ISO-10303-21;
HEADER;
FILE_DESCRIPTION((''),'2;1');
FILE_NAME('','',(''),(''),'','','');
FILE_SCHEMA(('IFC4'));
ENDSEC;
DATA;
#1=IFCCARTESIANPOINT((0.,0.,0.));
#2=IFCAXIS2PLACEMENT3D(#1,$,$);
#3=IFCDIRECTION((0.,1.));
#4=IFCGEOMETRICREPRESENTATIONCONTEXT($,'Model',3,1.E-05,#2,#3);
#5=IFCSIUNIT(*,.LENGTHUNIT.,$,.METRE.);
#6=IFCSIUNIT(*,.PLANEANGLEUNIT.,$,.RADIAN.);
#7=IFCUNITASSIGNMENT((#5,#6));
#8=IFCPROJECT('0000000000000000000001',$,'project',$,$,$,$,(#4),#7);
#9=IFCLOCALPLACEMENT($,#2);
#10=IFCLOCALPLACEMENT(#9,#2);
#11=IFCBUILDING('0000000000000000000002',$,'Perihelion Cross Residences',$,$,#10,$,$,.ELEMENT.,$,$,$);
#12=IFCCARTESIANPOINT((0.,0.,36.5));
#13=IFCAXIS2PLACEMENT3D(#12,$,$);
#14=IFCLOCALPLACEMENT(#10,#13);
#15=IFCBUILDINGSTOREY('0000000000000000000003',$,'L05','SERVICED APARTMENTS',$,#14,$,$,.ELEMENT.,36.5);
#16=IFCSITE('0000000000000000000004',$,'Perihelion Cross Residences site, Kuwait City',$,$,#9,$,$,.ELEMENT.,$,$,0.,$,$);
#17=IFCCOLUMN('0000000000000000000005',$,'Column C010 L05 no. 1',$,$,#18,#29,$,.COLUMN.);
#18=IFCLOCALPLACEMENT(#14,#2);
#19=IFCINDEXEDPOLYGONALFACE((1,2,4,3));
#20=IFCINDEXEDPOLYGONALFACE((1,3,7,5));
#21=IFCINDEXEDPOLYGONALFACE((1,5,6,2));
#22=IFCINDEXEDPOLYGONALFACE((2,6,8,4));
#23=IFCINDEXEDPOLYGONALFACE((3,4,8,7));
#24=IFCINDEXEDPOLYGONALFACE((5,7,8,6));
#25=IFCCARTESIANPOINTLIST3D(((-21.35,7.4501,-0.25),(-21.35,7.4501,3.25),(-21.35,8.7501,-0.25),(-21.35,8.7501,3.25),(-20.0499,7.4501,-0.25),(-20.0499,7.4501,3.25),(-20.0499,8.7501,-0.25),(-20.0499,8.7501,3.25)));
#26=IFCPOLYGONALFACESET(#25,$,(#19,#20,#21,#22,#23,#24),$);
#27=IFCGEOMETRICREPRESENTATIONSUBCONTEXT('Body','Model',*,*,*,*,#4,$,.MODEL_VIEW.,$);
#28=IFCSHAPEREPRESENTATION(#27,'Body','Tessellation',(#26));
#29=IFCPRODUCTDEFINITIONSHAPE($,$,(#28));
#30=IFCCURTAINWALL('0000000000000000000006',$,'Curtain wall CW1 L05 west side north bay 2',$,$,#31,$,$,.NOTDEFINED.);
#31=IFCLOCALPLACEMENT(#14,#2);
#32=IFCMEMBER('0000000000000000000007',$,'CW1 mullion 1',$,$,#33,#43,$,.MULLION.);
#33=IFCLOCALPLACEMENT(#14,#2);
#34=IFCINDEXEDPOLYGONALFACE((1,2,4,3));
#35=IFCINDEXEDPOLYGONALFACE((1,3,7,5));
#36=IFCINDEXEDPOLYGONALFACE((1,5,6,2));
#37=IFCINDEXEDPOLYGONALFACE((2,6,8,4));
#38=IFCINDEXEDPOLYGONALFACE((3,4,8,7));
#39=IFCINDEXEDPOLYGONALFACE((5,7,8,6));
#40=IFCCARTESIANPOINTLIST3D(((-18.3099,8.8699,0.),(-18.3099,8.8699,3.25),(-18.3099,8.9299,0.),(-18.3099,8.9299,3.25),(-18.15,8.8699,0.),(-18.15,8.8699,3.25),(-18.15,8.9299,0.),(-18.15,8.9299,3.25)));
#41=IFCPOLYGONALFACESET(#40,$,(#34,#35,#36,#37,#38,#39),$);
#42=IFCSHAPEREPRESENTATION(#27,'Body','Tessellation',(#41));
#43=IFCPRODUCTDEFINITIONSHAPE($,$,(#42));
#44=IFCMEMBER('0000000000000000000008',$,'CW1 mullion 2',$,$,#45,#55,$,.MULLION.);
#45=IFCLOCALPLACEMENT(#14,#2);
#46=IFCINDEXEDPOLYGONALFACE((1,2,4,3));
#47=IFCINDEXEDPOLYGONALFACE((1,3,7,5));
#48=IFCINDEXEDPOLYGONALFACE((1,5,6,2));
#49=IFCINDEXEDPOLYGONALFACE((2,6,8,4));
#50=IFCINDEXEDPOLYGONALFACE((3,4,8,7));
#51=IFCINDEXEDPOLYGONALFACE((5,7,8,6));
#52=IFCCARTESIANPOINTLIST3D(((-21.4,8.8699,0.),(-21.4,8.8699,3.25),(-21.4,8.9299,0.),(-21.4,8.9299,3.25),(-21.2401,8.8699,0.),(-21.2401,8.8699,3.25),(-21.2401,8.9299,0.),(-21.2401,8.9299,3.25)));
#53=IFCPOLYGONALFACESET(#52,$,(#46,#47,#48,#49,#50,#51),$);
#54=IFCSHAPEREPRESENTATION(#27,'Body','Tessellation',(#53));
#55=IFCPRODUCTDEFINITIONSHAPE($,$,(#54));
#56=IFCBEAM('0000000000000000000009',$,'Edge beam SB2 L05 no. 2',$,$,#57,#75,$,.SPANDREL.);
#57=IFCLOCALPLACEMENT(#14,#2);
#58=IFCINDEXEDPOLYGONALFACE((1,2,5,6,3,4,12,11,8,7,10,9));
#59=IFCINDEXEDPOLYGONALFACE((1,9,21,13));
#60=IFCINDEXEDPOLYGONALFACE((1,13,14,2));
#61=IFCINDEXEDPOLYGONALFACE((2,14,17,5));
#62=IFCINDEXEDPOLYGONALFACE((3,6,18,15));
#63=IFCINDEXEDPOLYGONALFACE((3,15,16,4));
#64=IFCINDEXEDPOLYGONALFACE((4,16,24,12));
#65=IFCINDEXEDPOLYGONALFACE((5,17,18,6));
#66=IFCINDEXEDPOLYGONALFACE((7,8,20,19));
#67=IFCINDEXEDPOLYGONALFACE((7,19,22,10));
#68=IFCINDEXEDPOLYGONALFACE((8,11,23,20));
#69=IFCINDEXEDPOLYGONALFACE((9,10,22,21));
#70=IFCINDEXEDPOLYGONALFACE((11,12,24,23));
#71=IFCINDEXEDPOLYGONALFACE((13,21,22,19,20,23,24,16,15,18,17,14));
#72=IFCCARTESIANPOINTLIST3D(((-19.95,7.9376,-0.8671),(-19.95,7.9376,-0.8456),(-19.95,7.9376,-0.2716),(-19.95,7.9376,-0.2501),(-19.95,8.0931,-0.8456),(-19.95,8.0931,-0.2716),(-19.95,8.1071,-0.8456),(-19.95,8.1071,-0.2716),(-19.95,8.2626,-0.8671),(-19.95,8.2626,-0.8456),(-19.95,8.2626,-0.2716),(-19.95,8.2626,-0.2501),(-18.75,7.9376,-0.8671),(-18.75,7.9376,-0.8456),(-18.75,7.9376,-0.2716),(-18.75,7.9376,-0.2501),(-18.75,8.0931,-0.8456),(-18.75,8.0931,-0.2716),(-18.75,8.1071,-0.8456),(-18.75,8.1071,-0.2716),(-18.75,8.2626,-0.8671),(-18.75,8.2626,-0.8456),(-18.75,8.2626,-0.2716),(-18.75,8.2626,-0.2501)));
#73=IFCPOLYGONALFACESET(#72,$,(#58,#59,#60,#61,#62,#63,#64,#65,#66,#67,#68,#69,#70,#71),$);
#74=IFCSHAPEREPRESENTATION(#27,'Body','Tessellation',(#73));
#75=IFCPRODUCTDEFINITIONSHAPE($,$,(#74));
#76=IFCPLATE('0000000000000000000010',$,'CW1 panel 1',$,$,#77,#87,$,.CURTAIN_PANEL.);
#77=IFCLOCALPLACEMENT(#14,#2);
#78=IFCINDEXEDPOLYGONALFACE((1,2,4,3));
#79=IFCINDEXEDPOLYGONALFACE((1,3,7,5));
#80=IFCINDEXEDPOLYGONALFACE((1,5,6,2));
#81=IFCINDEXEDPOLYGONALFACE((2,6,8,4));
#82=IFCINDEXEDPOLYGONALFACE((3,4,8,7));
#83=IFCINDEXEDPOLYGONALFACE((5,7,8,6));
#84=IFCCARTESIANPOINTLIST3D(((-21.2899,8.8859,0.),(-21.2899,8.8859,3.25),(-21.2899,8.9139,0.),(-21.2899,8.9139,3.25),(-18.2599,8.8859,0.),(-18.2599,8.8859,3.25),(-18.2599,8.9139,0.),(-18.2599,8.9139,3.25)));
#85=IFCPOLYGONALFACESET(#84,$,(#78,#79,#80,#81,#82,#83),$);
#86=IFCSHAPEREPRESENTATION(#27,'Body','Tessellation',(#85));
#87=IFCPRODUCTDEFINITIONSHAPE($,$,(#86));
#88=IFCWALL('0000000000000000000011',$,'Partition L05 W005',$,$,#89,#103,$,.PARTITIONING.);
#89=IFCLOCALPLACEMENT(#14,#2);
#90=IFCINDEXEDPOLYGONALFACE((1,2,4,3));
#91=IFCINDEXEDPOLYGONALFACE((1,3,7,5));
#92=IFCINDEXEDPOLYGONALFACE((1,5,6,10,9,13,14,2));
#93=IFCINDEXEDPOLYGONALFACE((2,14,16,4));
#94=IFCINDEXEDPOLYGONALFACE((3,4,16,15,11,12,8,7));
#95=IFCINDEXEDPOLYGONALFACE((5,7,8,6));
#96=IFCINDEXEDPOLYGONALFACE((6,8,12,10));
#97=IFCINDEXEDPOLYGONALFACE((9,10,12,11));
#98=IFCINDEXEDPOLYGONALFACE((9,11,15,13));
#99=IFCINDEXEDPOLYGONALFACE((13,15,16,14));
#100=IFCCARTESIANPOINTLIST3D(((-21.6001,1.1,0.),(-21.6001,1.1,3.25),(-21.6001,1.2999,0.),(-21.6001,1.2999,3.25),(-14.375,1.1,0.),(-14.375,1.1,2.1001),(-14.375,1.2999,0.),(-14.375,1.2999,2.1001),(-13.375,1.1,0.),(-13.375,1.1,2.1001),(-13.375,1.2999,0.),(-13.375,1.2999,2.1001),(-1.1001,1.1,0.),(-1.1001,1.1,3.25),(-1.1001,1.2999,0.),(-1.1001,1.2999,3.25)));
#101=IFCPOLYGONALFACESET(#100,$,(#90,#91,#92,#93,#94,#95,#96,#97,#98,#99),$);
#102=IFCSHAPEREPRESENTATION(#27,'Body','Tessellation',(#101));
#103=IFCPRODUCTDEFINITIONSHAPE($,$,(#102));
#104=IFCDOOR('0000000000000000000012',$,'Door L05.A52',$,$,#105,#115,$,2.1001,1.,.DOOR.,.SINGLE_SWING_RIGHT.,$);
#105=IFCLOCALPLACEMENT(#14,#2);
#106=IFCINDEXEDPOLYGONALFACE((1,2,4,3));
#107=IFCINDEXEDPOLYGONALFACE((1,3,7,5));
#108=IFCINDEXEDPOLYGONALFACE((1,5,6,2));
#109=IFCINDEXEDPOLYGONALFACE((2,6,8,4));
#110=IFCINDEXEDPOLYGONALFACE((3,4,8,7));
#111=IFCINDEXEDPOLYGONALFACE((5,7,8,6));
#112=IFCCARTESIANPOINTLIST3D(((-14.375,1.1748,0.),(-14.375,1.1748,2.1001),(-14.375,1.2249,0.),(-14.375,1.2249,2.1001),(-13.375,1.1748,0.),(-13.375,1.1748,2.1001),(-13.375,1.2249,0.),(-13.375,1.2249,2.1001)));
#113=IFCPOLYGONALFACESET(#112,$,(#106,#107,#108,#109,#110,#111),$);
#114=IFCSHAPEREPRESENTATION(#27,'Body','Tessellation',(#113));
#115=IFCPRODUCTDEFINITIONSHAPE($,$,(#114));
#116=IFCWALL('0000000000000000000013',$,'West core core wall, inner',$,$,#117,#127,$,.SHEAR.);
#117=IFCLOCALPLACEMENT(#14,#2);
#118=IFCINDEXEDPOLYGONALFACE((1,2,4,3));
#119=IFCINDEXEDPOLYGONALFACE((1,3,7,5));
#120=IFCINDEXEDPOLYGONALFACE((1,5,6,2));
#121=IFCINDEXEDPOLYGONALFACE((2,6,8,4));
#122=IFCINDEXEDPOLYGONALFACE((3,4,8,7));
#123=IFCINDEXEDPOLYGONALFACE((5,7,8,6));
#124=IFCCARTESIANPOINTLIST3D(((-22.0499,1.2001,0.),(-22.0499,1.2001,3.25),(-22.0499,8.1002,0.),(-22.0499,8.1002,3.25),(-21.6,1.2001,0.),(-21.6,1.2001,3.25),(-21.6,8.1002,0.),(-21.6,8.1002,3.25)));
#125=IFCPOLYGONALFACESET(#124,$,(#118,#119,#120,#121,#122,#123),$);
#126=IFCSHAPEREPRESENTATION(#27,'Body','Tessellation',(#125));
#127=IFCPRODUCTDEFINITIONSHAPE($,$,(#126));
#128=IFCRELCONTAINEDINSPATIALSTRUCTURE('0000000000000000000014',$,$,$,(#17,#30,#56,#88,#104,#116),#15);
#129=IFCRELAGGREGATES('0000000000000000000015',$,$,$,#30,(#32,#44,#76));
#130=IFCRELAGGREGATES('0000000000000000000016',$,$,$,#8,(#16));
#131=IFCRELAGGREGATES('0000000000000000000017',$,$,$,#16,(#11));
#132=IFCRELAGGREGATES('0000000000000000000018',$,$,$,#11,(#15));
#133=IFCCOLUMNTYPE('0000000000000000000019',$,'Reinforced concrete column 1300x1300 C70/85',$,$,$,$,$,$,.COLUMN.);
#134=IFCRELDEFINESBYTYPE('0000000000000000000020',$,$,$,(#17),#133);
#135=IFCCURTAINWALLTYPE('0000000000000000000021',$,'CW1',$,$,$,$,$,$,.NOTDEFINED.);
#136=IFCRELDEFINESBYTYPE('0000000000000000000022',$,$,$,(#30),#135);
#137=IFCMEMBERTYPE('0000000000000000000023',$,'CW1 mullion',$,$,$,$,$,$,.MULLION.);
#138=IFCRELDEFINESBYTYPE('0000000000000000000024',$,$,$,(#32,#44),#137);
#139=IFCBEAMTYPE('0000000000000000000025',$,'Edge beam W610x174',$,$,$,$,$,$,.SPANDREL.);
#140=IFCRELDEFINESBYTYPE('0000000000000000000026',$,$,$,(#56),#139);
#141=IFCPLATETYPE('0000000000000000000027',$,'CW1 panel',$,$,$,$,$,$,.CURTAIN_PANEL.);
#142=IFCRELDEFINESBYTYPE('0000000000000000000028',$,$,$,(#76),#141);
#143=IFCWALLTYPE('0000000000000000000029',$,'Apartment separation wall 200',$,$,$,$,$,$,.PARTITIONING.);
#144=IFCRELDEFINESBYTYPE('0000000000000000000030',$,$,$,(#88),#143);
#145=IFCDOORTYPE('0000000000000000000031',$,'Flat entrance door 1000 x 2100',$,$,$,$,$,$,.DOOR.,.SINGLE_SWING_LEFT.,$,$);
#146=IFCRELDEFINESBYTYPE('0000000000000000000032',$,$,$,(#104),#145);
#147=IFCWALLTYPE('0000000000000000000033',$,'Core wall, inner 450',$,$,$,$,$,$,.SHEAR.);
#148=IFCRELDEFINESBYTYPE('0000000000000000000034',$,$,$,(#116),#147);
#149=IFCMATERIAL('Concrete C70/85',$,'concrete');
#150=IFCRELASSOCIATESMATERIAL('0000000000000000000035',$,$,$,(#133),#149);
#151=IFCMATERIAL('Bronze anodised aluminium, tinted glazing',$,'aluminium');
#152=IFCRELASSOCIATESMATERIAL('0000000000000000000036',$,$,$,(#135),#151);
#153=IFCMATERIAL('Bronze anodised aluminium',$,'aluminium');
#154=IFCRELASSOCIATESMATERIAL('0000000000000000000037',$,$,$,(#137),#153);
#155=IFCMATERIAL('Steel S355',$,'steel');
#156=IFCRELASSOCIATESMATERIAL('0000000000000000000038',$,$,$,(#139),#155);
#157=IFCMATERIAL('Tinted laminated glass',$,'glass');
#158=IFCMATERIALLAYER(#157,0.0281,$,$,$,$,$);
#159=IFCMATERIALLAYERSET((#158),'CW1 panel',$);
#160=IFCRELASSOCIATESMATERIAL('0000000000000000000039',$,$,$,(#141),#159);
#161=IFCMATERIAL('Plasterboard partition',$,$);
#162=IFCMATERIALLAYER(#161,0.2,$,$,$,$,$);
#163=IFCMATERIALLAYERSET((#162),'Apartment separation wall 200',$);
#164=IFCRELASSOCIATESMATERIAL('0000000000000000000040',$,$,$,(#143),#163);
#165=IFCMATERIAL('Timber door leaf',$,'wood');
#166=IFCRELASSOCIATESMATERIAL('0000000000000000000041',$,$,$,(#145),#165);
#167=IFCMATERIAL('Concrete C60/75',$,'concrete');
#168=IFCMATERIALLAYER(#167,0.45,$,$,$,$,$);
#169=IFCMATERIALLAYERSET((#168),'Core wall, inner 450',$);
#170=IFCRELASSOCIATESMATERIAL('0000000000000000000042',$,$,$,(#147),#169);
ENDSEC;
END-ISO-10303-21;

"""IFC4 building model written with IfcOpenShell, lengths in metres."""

from ifc_helpers import new_model, si_unit, direction, frame, frame_2d, origin, origin_2d, place, context, subcontext, project, spatial, rectangle, i_section, extrude, material, layer, layer_set, material_profile, profile_set, type_object, element, fill, aggregate, save


model = new_model("IFC4")

# Units and contexts
model_context = context("Model", 3, precision=1e-05, world=origin(), true_north=direction((0.0, 1.0)))
body_context = subcontext(model_context, "Body", "Model", "MODEL_VIEW")
ifc_project = project(units=[si_unit("LENGTHUNIT", "METRE"), si_unit("PLANEANGLEUNIT", "RADIAN")], contexts=[model_context])

# Site, building, storey
site_placement = place(None, origin())
site = spatial("IfcSite", under=ifc_project, at=site_placement, Name="Perihelion Cross Residences site, Kuwait City", CompositionType="ELEMENT", RefElevation=0.0)
building_placement = place(site_placement, origin())
building = spatial("IfcBuilding", under=site, at=building_placement, Name="Perihelion Cross Residences", CompositionType="ELEMENT")
storey_placement = place(building_placement, frame((0.0, 0.0, 36.5)))
storey = spatial("IfcBuildingStorey", under=building, at=storey_placement, Name="L05", Description="SERVICED APARTMENTS", CompositionType="ELEMENT", Elevation=36.5)

# Column
ifc_material_1 = material(Name="Concrete C70/85", Category="concrete")
ifc_material_profile_1 = material_profile(ifc_material_1, rectangle(XDim=1.3, YDim=1.3, at=origin_2d()), Name="RC 1300x1300")
ifc_profile_set_1 = profile_set([ifc_material_profile_1], Name="Concrete C70/85")
column_type = type_object("IfcColumnType", Name="Reinforced concrete column 1300x1300 C70/85", PredefinedType="COLUMN", material=ifc_profile_set_1)
column_placement = place(storey_placement, frame((-20.7, 8.1001, -0.25), z_axis=(0.0, 0.0, 1.0), x_axis=(1.0, 0.0, 0.0)))
element("IfcColumn", 1, at=column_placement, inside=storey, type_object=column_type, Name="Column C010 L05 no. 1", PredefinedType="COLUMN", context=body_context, shape_type="SweptSolid", body=[
    extrude(rectangle(XDim=1.3, YDim=1.3, at=origin_2d()), origin(), (0.0, 0.0, 1.0), 3.5),
])

# Curtain wall, members
ifc_material_2 = material(Name="Bronze anodised aluminium, tinted glazing", Category="aluminium")
curtain_wall_type = type_object("IfcCurtainWallType", Name="CW1", PredefinedType="NOTDEFINED", material=ifc_material_2)
curtain_wall_placement = place(storey_placement, origin())
curtain_wall = element("IfcCurtainWall", 2, at=curtain_wall_placement, inside=storey, type_object=curtain_wall_type, Name="Curtain wall CW1 L05 west side north bay 2", PredefinedType="NOTDEFINED")
ifc_material_3 = material(Name="Bronze anodised aluminium", Category="aluminium")
ifc_material_profile_2 = material_profile(ifc_material_3, rectangle(XDim=0.0601, YDim=0.1599, at=origin_2d()), Name="CW1 mullion")
ifc_profile_set_2 = profile_set([ifc_material_profile_2], Name="Bronze anodised aluminium")
member_type = type_object("IfcMemberType", Name="CW1 mullion", PredefinedType="MULLION", material=ifc_profile_set_2)
member_1_placement = place(storey_placement, frame((-18.23, 8.8999, 0.0), z_axis=(0.0, 0.0, 1.0), x_axis=(0.0, -1.0, 0.0)))
member_1 = element("IfcMember", 3, at=member_1_placement, type_object=member_type, Name="CW1 mullion 1", PredefinedType="MULLION", context=body_context, shape_type="SweptSolid", body=[
    extrude(rectangle(XDim=0.0601, YDim=0.1599, at=origin_2d()), origin(), (0.0, 0.0, 1.0), 3.25),
])
member_2_placement = place(storey_placement, frame((-21.3201, 8.8999, 0.0), z_axis=(0.0, 0.0, 1.0), x_axis=(0.0, -1.0, 0.0)))
member_2 = element("IfcMember", 4, at=member_2_placement, type_object=member_type, Name="CW1 mullion 2", PredefinedType="MULLION", context=body_context, shape_type="SweptSolid", body=[
    extrude(rectangle(XDim=0.0601, YDim=0.1599, at=origin_2d()), origin(), (0.0, 0.0, 1.0), 3.25),
])

# Beam
ifc_material_4 = material(Name="Steel S355", Category="steel")
ifc_material_profile_3 = material_profile(ifc_material_4, i_section(OverallWidth=0.325, OverallDepth=0.6169, WebThickness=0.0139, FlangeThickness=0.0215, at=origin_2d()), Name="W610x174")
ifc_profile_set_3 = profile_set([ifc_material_profile_3], Name="Steel S355")
beam_type = type_object("IfcBeamType", Name="Edge beam W610x174", PredefinedType="SPANDREL", material=ifc_profile_set_3)
beam_placement = place(storey_placement, frame((-18.75, 8.1001, -0.5586), z_axis=(-1.0, 0.0, 0.0), x_axis=(0.0, -1.0, 0.0)))
element("IfcBeam", 5, at=beam_placement, inside=storey, type_object=beam_type, Name="Edge beam SB2 L05 no. 2", PredefinedType="SPANDREL", context=body_context, shape_type="SweptSolid", body=[
    extrude(i_section(OverallWidth=0.325, OverallDepth=0.6169, WebThickness=0.0139, FlangeThickness=0.0215, at=origin_2d()), origin(), (0.0, 0.0, 1.0), 1.2),
])

# Plate
ifc_material_5 = material(Name="Tinted laminated glass", Category="glass")
ifc_layer_1 = layer(ifc_material_5, 0.0281)
ifc_layer_set_1 = layer_set([ifc_layer_1], Name="CW1 panel")
plate_type = type_object("IfcPlateType", Name="CW1 panel", PredefinedType="CURTAIN_PANEL", material=ifc_layer_set_1)
plate_placement = place(storey_placement, frame((-19.7749, 8.8999, 0.0), z_axis=(0.0, 0.0, 1.0), x_axis=(-1.0, 0.0, 0.0)))
plate = element("IfcPlate", 6, at=plate_placement, type_object=plate_type, Name="CW1 panel 1", PredefinedType="CURTAIN_PANEL", context=body_context, shape_type="SweptSolid", body=[
    extrude(rectangle(XDim=3.03, YDim=0.0281, at=origin_2d()), origin(), (0.0, 0.0, 1.0), 3.25),
])
aggregate(curtain_wall, [member_1, member_2, plate])

# Wall, opening, door
ifc_material_6 = material(Name="Plasterboard partition")
ifc_layer_2 = layer(ifc_material_6, 0.2)
ifc_layer_set_2 = layer_set([ifc_layer_2], Name="Apartment separation wall 200")
wall_type_1 = type_object("IfcWallType", Name="Apartment separation wall 200", PredefinedType="PARTITIONING", material=ifc_layer_set_2)
wall_1_placement = place(storey_placement, frame((-21.6001, 1.2, 0.0), z_axis=(0.0, 0.0, 1.0), x_axis=(1.0, 0.0, 0.0)))
wall_1 = element("IfcWall", 7, at=wall_1_placement, inside=storey, type_object=wall_type_1, Name="Partition L05 W005", PredefinedType="PARTITIONING", context=body_context, shape_type="SweptSolid", body=[
    extrude(rectangle(XDim=20.5, YDim=0.2, at=frame_2d((10.25, 0.0))), origin(), (0.0, 0.0, 1.0), 3.25),
])
opening_1_placement = place(wall_1_placement, frame((7.2251, 0.0, 0.0)))
opening_1 = element("IfcOpeningElement", 8, at=opening_1_placement, cuts=wall_1, PredefinedType="OPENING", context=body_context, shape_type="SweptSolid", body=[
    extrude(rectangle(XDim=1.0, YDim=2.1001, at=frame_2d((0.5, 1.05))), frame((0.0, 0.1099, 0.0), z_axis=(0.0, -1.0, 0.0), x_axis=(1.0, 0.0, 0.0)), (0.0, 0.0, 1.0), 0.22),
])
ifc_material_7 = material(Name="Timber door leaf", Category="wood")
door_type_1 = type_object("IfcDoorType", Name="Flat entrance door 1000 x 2100", OperationType="SINGLE_SWING_LEFT", PredefinedType="DOOR", material=ifc_material_7)
door_1_placement = place(opening_1_placement, origin())
door_1 = element("IfcDoor", 9, at=door_1_placement, inside=storey, type_object=door_type_1, Name="Door L05.A52", OperationType="SINGLE_SWING_RIGHT", OverallHeight=2.1001, OverallWidth=1.0, PredefinedType="DOOR", context=body_context, shape_type="SweptSolid", body=[
    extrude(rectangle(XDim=1.0, YDim=2.1001, at=frame_2d((0.5, 1.05))), frame((0.0, 0.0249, 0.0), z_axis=(0.0, -1.0, 0.0), x_axis=(1.0, 0.0, 0.0)), (0.0, 0.0, 1.0), 0.05),
])
fill(opening_1, door_1)

# Wall
ifc_material_8 = material(Name="Concrete C60/75", Category="concrete")
ifc_layer_3 = layer(ifc_material_8, 0.45)
ifc_layer_set_3 = layer_set([ifc_layer_3], Name="Core wall, inner 450")
wall_type_2 = type_object("IfcWallType", Name="Core wall, inner 450", PredefinedType="SHEAR", material=ifc_layer_set_3)
wall_2_placement = place(storey_placement, frame((-21.825, 1.2, 0.0), z_axis=(0.0, 0.0, 1.0), x_axis=(0.0, 1.0, 0.0)))
element("IfcWall", 10, at=wall_2_placement, inside=storey, type_object=wall_type_2, Name="West core core wall, inner", PredefinedType="SHEAR", context=body_context, shape_type="SweptSolid", body=[
    extrude(rectangle(XDim=6.9001, YDim=0.45, at=frame_2d((3.4502, 0.0))), origin(), (0.0, 0.0, 1.0), 3.25),
])

save(model, "model.ifc")
